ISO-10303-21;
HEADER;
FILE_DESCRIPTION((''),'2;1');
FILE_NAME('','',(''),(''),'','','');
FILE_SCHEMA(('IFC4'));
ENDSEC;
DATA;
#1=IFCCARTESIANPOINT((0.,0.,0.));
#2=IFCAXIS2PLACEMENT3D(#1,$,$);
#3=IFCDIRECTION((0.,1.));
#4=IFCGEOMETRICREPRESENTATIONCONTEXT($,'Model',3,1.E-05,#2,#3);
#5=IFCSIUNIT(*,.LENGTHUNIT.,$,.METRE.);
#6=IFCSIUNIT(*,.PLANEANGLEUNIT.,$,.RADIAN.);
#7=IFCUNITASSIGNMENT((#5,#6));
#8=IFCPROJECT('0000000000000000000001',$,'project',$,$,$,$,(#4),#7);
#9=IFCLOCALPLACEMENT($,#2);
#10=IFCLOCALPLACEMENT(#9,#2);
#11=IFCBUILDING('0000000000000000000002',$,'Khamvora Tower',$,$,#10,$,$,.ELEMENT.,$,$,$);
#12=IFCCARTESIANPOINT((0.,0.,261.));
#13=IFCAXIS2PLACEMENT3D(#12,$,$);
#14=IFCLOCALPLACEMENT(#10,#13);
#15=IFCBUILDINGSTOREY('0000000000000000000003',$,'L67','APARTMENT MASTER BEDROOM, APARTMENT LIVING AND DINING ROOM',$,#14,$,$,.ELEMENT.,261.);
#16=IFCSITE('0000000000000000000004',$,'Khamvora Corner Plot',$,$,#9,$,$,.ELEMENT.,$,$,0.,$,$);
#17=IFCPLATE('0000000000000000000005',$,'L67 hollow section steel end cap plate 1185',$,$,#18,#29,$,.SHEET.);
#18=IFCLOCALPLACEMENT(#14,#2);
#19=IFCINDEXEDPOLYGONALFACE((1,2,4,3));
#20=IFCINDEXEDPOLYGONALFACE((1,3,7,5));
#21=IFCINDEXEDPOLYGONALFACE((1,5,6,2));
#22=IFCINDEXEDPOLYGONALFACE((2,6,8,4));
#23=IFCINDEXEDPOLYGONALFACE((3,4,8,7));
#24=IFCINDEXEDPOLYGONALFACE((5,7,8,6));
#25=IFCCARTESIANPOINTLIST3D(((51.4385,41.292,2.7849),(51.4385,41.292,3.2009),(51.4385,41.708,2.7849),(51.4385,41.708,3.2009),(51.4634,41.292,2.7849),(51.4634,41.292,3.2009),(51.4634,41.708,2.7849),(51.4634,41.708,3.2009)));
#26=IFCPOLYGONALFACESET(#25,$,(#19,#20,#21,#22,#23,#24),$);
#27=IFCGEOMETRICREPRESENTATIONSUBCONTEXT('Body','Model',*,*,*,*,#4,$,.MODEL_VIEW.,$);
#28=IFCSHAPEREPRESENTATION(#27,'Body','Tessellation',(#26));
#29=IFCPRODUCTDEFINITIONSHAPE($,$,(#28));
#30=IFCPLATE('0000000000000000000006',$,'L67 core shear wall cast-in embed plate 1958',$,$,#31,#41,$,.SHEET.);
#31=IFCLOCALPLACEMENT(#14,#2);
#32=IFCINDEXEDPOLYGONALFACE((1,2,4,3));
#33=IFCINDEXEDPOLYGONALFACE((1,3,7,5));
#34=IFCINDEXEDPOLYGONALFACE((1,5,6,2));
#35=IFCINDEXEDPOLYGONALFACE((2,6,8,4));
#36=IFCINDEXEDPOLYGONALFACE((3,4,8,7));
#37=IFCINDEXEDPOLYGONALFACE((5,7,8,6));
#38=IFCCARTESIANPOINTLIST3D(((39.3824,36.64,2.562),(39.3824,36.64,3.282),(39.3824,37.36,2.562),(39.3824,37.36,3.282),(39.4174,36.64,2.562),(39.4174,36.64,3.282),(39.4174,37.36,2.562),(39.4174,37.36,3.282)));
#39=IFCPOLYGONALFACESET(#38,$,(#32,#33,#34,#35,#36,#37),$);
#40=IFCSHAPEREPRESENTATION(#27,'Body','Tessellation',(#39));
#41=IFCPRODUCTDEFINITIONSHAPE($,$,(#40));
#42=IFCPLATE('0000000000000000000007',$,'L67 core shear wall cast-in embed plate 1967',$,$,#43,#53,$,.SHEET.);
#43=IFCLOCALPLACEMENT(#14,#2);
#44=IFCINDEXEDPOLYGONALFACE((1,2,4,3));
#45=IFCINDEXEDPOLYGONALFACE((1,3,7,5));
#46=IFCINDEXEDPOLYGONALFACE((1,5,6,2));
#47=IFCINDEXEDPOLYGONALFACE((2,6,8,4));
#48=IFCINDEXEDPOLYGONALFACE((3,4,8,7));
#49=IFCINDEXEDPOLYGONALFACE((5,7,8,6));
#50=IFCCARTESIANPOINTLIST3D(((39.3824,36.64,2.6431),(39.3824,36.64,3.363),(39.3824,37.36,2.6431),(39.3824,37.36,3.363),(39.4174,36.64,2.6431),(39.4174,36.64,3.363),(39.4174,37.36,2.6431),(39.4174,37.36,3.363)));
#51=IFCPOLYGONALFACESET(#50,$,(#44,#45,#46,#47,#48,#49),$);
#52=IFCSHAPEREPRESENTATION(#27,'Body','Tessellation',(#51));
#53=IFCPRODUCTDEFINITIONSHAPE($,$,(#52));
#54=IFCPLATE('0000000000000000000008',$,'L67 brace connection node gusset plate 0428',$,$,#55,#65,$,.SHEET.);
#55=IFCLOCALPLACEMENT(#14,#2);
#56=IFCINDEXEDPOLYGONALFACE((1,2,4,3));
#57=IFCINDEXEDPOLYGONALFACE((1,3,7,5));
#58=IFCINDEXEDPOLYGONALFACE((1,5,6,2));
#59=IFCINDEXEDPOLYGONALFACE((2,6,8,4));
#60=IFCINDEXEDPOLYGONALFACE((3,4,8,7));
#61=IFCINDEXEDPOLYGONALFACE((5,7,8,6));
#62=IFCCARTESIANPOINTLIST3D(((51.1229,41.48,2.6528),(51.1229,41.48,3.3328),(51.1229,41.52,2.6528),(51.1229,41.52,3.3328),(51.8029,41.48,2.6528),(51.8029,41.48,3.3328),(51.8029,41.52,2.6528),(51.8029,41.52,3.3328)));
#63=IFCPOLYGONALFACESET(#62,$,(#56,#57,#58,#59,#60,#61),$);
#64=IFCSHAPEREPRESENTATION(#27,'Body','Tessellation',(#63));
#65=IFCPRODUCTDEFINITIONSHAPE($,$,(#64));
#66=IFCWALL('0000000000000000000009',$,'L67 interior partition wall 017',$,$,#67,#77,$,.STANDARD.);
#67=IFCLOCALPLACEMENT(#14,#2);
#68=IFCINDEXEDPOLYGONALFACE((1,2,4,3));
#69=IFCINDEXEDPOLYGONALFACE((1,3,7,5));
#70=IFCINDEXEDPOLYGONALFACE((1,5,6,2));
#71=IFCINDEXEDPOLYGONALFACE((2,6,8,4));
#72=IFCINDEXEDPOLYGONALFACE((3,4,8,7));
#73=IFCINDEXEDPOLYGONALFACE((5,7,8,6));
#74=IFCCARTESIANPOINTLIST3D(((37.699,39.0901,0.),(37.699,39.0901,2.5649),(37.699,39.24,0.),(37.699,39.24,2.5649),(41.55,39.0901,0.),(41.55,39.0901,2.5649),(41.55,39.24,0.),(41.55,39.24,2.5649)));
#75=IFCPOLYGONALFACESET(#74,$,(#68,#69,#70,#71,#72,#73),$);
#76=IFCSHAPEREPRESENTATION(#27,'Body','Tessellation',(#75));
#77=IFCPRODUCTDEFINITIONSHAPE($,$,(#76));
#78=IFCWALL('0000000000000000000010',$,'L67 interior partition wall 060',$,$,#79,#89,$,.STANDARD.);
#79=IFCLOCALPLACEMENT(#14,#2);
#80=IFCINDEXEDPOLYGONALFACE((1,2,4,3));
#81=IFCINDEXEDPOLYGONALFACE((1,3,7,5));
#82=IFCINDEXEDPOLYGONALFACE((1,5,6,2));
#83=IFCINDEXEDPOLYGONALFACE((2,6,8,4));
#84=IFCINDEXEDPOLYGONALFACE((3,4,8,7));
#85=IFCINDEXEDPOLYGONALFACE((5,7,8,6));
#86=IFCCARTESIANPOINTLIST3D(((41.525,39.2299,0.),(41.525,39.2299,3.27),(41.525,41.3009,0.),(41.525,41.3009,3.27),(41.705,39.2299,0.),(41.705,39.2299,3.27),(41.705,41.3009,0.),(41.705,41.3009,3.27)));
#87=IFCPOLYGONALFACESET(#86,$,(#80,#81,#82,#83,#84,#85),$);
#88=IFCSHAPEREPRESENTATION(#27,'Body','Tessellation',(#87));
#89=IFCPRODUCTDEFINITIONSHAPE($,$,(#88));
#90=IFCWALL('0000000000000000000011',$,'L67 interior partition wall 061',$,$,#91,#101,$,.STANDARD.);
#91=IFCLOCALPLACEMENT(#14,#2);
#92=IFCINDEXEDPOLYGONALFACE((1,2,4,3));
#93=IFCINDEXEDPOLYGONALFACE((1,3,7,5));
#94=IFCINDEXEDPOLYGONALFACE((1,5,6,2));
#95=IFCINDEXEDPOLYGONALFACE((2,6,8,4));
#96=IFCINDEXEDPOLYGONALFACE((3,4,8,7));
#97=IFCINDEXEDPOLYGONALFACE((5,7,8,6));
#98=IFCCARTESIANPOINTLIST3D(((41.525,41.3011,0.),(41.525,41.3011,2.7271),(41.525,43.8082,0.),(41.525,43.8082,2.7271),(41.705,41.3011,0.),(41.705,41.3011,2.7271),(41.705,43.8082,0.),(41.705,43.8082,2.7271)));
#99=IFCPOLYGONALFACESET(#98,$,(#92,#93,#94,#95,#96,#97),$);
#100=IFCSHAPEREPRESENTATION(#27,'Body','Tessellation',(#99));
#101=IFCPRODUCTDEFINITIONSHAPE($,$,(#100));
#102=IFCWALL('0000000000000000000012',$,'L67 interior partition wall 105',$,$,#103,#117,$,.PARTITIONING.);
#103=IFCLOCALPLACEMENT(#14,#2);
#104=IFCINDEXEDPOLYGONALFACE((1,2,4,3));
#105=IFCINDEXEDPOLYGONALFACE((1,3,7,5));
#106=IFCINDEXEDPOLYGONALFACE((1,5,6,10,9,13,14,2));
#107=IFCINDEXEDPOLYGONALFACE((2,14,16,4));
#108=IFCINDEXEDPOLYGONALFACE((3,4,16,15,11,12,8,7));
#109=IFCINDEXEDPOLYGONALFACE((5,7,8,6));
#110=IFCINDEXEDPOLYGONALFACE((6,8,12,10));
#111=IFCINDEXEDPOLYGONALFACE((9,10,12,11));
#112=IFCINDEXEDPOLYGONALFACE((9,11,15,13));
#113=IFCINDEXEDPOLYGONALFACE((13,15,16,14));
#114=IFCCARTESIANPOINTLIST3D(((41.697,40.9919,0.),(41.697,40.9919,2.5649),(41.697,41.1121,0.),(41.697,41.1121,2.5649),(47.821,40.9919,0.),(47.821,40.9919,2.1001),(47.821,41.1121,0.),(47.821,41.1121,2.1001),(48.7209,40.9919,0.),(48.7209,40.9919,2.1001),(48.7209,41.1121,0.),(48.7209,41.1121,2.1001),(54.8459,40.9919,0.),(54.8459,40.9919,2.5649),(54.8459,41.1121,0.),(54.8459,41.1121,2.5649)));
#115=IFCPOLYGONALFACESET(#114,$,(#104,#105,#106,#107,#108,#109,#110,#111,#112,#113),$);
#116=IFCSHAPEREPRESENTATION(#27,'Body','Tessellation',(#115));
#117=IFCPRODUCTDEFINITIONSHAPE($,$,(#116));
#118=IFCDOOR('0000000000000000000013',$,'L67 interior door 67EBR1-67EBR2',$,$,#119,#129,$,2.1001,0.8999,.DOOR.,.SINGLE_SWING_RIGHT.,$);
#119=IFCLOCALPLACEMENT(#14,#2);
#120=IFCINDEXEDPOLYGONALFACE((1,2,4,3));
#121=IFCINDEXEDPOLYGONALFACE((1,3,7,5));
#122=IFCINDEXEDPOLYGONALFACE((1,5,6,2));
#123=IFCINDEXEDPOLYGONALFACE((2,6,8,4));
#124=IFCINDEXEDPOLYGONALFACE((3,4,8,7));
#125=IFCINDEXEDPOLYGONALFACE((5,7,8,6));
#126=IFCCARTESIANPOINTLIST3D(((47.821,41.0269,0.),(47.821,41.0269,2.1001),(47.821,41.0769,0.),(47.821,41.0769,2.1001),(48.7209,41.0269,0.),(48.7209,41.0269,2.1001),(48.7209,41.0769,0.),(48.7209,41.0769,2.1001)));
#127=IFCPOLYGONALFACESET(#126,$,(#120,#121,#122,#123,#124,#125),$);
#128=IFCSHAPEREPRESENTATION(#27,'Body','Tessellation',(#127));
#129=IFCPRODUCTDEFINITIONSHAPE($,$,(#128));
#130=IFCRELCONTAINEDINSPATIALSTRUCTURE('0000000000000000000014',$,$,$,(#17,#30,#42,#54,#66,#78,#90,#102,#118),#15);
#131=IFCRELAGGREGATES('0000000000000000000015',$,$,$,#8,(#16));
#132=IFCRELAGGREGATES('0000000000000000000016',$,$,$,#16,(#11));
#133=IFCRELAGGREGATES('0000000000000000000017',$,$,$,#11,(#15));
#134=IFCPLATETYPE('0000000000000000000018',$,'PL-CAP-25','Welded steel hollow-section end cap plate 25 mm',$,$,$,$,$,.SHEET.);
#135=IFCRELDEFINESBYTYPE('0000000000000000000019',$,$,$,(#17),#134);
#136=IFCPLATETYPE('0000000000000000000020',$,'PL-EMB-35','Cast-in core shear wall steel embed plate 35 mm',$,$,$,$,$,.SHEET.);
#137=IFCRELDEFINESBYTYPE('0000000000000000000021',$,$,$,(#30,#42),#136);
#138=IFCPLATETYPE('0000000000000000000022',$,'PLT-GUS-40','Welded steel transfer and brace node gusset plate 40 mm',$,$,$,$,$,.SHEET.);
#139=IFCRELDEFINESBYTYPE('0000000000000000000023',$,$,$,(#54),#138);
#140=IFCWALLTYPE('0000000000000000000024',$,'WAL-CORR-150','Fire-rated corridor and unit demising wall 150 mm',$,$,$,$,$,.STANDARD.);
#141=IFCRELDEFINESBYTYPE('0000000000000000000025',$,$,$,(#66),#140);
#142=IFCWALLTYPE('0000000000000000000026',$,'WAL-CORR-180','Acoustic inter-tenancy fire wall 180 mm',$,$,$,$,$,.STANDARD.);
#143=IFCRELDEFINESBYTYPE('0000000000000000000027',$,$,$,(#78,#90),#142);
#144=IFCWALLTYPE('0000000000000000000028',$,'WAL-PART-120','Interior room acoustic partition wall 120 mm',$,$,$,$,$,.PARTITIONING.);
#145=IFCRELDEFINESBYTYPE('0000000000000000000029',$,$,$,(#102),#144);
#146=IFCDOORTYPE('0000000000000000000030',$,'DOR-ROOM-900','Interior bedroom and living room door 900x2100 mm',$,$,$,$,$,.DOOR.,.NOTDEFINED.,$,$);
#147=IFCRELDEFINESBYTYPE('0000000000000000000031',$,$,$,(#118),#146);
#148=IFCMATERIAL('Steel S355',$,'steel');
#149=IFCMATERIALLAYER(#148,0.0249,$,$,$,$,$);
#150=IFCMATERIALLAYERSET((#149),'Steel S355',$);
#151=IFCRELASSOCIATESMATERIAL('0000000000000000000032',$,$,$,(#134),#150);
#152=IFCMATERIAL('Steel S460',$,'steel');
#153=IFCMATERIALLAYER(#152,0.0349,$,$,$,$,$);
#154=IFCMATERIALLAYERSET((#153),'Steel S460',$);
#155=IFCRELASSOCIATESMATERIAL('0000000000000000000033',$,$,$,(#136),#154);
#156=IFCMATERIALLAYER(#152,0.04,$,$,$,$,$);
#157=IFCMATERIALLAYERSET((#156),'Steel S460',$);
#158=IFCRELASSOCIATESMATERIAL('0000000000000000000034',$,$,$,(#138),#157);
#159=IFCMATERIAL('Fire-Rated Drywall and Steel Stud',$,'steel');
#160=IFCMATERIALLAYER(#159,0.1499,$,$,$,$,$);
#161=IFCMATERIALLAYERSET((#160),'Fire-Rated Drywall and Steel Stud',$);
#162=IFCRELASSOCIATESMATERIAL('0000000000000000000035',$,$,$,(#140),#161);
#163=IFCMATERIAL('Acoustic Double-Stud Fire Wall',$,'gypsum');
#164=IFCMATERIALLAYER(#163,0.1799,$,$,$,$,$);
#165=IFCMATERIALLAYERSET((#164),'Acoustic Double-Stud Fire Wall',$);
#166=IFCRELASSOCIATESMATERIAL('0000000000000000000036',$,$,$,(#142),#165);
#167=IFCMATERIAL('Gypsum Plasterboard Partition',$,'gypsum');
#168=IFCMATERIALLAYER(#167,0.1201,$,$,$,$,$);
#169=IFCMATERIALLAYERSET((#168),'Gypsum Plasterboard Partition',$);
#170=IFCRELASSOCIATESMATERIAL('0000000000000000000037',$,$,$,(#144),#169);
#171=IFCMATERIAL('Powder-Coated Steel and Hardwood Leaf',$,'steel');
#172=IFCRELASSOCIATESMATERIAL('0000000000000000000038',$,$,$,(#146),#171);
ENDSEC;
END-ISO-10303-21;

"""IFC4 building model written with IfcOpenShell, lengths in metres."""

from ifc_helpers import new_model, si_unit, direction, frame, frame_2d, origin, origin_2d, place, context, subcontext, project, spatial, rectangle, extrude, material, layer, layer_set, type_object, element, fill, save


model = new_model("IFC4")

# Units and contexts
model_context = context("Model", 3, precision=1e-05, world=origin(), true_north=direction((0.0, 1.0)))
body_context = subcontext(model_context, "Body", "Model", "MODEL_VIEW")
ifc_project = project(units=[si_unit("LENGTHUNIT", "METRE"), si_unit("PLANEANGLEUNIT", "RADIAN")], contexts=[model_context])

# Site, building, storey
site_placement = place(None, origin())
site = spatial("IfcSite", under=ifc_project, at=site_placement, Name="Khamvora Corner Plot", CompositionType="ELEMENT", RefElevation=0.0)
building_placement = place(site_placement, origin())
building = spatial("IfcBuilding", under=site, at=building_placement, Name="Khamvora Tower", CompositionType="ELEMENT")
storey_placement = place(building_placement, frame((0.0, 0.0, 261.0)))
storey = spatial("IfcBuildingStorey", under=building, at=storey_placement, Name="L67", Description="APARTMENT MASTER BEDROOM, APARTMENT LIVING AND DINING ROOM", CompositionType="ELEMENT", Elevation=261.0)

# Shared definitions
ifc_material_1 = material(Name="Steel S355", Category="steel")

# Plates
ifc_layer_1 = layer(ifc_material_1, 0.0249)
ifc_layer_set_1 = layer_set([ifc_layer_1], Name="Steel S355")
plate_type_1 = type_object("IfcPlateType", Name="PL-CAP-25", Description="Welded steel hollow-section end cap plate 25 mm", PredefinedType="SHEET", material=ifc_layer_set_1)
plate_1_placement = place(storey_placement, frame((51.4509, 41.5, 2.7849), z_axis=(0.0, 0.0, 1.0), x_axis=(-1.0, 0.0, 0.0)))
element("IfcPlate", 1, at=plate_1_placement, inside=storey, type_object=plate_type_1, Name="L67 hollow section steel end cap plate 1185", PredefinedType="SHEET", context=body_context, shape_type="SweptSolid", body=[
    extrude(rectangle(XDim=0.0249, YDim=0.416, at=origin_2d()), origin(), (0.0, 0.0, 1.0), 0.416),
])
ifc_material_2 = material(Name="Steel S460", Category="steel")
ifc_layer_2 = layer(ifc_material_2, 0.0349)
ifc_layer_set_2 = layer_set([ifc_layer_2], Name="Steel S460")
plate_type_2 = type_object("IfcPlateType", Name="PL-EMB-35", Description="Cast-in core shear wall steel embed plate 35 mm", PredefinedType="SHEET", material=ifc_layer_set_2)
for number, where, z_axis, x_axis, name in (
    (2, (39.3999, 37.0, 2.562), (0.0, 0.0, 1.0), (1.0, 0.0, 0.0), "L67 core shear wall cast-in embed plate 1958"),
    (3, (39.3999, 37.0, 2.6431), (0.0, 0.0, 1.0), (1.0, 0.0, 0.0), "L67 core shear wall cast-in embed plate 1967"),
):
    element("IfcPlate", number, at=place(storey_placement, frame(where, z_axis=z_axis, x_axis=x_axis)), inside=storey, type_object=plate_type_2, Name=name, PredefinedType="SHEET", context=body_context, shape_type="SweptSolid", body=[
        extrude(rectangle(XDim=0.0349, YDim=0.72, at=origin_2d()), origin(), (0.0, 0.0, 1.0), 0.72),
    ])
ifc_layer_3 = layer(ifc_material_2, 0.04)
ifc_layer_set_3 = layer_set([ifc_layer_3], Name="Steel S460")
plate_type_3 = type_object("IfcPlateType", Name="PLT-GUS-40", Description="Welded steel transfer and brace node gusset plate 40 mm", PredefinedType="SHEET", material=ifc_layer_set_3)
plate_2_placement = place(storey_placement, frame((51.4629, 41.5, 2.6528), z_axis=(0.0, 0.0, 1.0), x_axis=(1.0, 0.0, 0.0)))
element("IfcPlate", 4, at=plate_2_placement, inside=storey, type_object=plate_type_3, Name="L67 brace connection node gusset plate 0428", PredefinedType="SHEET", context=body_context, shape_type="SweptSolid", body=[
    extrude(rectangle(XDim=0.6799, YDim=0.04, at=origin_2d()), origin(), (0.0, 0.0, 1.0), 0.6799),
])

# Wall
ifc_material_3 = material(Name="Fire-Rated Drywall and Steel Stud", Category="steel")
ifc_layer_4 = layer(ifc_material_3, 0.1499)
ifc_layer_set_4 = layer_set([ifc_layer_4], Name="Fire-Rated Drywall and Steel Stud")
wall_type_1 = type_object("IfcWallType", Name="WAL-CORR-150", Description="Fire-rated corridor and unit demising wall 150 mm", PredefinedType="STANDARD", material=ifc_layer_set_4)
wall_1_placement = place(storey_placement, frame((37.699, 39.165, 0.0), z_axis=(0.0, 0.0, 1.0), x_axis=(1.0, 0.0, 0.0)))
element("IfcWall", 5, at=wall_1_placement, inside=storey, type_object=wall_type_1, Name="L67 interior partition wall 017", PredefinedType="STANDARD", context=body_context, shape_type="SweptSolid", body=[
    extrude(rectangle(XDim=3.8511, YDim=0.1499, at=frame_2d((1.9255, 0.0))), origin(), (0.0, 0.0, 1.0), 2.5649),
])

# Shared definitions
ifc_material_4 = material(Name="Powder-Coated Steel and Hardwood Leaf", Category="steel")

# Walls
ifc_material_5 = material(Name="Acoustic Double-Stud Fire Wall", Category="gypsum")
ifc_layer_5 = layer(ifc_material_5, 0.1799)
ifc_layer_set_5 = layer_set([ifc_layer_5], Name="Acoustic Double-Stud Fire Wall")
wall_type_2 = type_object("IfcWallType", Name="WAL-CORR-180", Description="Acoustic inter-tenancy fire wall 180 mm", PredefinedType="STANDARD", material=ifc_layer_set_5)
wall_2_placement = place(storey_placement, frame((41.615, 41.301, 0.0), z_axis=(0.0, 0.0, 1.0), x_axis=(0.0, -1.0, 0.0)))
element("IfcWall", 6, at=wall_2_placement, inside=storey, type_object=wall_type_2, Name="L67 interior partition wall 060", PredefinedType="STANDARD", context=body_context, shape_type="SweptSolid", body=[
    extrude(rectangle(XDim=2.071, YDim=0.1799, at=frame_2d((1.0356, 0.0))), origin(), (0.0, 0.0, 1.0), 3.27),
])
wall_3_placement = place(storey_placement, frame((41.615, 43.8081, 0.0), z_axis=(0.0, 0.0, 1.0), x_axis=(0.0, -1.0, 0.0)))
element("IfcWall", 7, at=wall_3_placement, inside=storey, type_object=wall_type_2, Name="L67 interior partition wall 061", PredefinedType="STANDARD", context=body_context, shape_type="SweptSolid", body=[
    extrude(rectangle(XDim=2.5071, YDim=0.1799, at=frame_2d((1.2534, 0.0))), origin(), (0.0, 0.0, 1.0), 2.7271),
])

# Wall, opening, door
ifc_material_6 = material(Name="Gypsum Plasterboard Partition", Category="gypsum")
ifc_layer_6 = layer(ifc_material_6, 0.1201)
ifc_layer_set_6 = layer_set([ifc_layer_6], Name="Gypsum Plasterboard Partition")
wall_type_3 = type_object("IfcWallType", Name="WAL-PART-120", Description="Interior room acoustic partition wall 120 mm", PredefinedType="PARTITIONING", material=ifc_layer_set_6)
wall_4_placement = place(storey_placement, frame((41.697, 41.052, 0.0), z_axis=(0.0, 0.0, 1.0), x_axis=(1.0, 0.0, 0.0)))
wall_4 = element("IfcWall", 8, at=wall_4_placement, inside=storey, type_object=wall_type_3, Name="L67 interior partition wall 105", PredefinedType="PARTITIONING", context=body_context, shape_type="SweptSolid", body=[
    extrude(rectangle(XDim=13.1489, YDim=0.1201, at=frame_2d((6.5745, 0.0))), origin(), (0.0, 0.0, 1.0), 2.5649),
])
opening_1_placement = place(wall_4_placement, frame((6.124, 0.0, 0.0)))
opening_1 = element("IfcOpeningElement", 9, at=opening_1_placement, cuts=wall_4, PredefinedType="OPENING", context=body_context, shape_type="SweptSolid", body=[
    extrude(rectangle(XDim=0.8999, YDim=2.1001, at=frame_2d((0.45, 1.05))), frame((0.0, 0.0701, 0.0), z_axis=(0.0, -1.0, 0.0), x_axis=(1.0, 0.0, 0.0)), (0.0, 0.0, 1.0), 0.1401),
])
door_type_1 = type_object("IfcDoorType", Name="DOR-ROOM-900", Description="Interior bedroom and living room door 900x2100 mm", OperationType="NOTDEFINED", PredefinedType="DOOR", material=ifc_material_4)
door_1_placement = place(opening_1_placement, origin())
door_1 = element("IfcDoor", 10, at=door_1_placement, inside=storey, type_object=door_type_1, Name="L67 interior door 67EBR1-67EBR2", OperationType="SINGLE_SWING_RIGHT", OverallHeight=2.1001, OverallWidth=0.8999, PredefinedType="DOOR", context=body_context, shape_type="SweptSolid", body=[
    extrude(rectangle(XDim=0.8999, YDim=2.1001, at=frame_2d((0.45, 1.05))), frame((0.0, 0.0249, 0.0), z_axis=(0.0, -1.0, 0.0), x_axis=(1.0, 0.0, 0.0)), (0.0, 0.0, 1.0), 0.05),
])
fill(opening_1, door_1)

save(model, "model.ifc")
